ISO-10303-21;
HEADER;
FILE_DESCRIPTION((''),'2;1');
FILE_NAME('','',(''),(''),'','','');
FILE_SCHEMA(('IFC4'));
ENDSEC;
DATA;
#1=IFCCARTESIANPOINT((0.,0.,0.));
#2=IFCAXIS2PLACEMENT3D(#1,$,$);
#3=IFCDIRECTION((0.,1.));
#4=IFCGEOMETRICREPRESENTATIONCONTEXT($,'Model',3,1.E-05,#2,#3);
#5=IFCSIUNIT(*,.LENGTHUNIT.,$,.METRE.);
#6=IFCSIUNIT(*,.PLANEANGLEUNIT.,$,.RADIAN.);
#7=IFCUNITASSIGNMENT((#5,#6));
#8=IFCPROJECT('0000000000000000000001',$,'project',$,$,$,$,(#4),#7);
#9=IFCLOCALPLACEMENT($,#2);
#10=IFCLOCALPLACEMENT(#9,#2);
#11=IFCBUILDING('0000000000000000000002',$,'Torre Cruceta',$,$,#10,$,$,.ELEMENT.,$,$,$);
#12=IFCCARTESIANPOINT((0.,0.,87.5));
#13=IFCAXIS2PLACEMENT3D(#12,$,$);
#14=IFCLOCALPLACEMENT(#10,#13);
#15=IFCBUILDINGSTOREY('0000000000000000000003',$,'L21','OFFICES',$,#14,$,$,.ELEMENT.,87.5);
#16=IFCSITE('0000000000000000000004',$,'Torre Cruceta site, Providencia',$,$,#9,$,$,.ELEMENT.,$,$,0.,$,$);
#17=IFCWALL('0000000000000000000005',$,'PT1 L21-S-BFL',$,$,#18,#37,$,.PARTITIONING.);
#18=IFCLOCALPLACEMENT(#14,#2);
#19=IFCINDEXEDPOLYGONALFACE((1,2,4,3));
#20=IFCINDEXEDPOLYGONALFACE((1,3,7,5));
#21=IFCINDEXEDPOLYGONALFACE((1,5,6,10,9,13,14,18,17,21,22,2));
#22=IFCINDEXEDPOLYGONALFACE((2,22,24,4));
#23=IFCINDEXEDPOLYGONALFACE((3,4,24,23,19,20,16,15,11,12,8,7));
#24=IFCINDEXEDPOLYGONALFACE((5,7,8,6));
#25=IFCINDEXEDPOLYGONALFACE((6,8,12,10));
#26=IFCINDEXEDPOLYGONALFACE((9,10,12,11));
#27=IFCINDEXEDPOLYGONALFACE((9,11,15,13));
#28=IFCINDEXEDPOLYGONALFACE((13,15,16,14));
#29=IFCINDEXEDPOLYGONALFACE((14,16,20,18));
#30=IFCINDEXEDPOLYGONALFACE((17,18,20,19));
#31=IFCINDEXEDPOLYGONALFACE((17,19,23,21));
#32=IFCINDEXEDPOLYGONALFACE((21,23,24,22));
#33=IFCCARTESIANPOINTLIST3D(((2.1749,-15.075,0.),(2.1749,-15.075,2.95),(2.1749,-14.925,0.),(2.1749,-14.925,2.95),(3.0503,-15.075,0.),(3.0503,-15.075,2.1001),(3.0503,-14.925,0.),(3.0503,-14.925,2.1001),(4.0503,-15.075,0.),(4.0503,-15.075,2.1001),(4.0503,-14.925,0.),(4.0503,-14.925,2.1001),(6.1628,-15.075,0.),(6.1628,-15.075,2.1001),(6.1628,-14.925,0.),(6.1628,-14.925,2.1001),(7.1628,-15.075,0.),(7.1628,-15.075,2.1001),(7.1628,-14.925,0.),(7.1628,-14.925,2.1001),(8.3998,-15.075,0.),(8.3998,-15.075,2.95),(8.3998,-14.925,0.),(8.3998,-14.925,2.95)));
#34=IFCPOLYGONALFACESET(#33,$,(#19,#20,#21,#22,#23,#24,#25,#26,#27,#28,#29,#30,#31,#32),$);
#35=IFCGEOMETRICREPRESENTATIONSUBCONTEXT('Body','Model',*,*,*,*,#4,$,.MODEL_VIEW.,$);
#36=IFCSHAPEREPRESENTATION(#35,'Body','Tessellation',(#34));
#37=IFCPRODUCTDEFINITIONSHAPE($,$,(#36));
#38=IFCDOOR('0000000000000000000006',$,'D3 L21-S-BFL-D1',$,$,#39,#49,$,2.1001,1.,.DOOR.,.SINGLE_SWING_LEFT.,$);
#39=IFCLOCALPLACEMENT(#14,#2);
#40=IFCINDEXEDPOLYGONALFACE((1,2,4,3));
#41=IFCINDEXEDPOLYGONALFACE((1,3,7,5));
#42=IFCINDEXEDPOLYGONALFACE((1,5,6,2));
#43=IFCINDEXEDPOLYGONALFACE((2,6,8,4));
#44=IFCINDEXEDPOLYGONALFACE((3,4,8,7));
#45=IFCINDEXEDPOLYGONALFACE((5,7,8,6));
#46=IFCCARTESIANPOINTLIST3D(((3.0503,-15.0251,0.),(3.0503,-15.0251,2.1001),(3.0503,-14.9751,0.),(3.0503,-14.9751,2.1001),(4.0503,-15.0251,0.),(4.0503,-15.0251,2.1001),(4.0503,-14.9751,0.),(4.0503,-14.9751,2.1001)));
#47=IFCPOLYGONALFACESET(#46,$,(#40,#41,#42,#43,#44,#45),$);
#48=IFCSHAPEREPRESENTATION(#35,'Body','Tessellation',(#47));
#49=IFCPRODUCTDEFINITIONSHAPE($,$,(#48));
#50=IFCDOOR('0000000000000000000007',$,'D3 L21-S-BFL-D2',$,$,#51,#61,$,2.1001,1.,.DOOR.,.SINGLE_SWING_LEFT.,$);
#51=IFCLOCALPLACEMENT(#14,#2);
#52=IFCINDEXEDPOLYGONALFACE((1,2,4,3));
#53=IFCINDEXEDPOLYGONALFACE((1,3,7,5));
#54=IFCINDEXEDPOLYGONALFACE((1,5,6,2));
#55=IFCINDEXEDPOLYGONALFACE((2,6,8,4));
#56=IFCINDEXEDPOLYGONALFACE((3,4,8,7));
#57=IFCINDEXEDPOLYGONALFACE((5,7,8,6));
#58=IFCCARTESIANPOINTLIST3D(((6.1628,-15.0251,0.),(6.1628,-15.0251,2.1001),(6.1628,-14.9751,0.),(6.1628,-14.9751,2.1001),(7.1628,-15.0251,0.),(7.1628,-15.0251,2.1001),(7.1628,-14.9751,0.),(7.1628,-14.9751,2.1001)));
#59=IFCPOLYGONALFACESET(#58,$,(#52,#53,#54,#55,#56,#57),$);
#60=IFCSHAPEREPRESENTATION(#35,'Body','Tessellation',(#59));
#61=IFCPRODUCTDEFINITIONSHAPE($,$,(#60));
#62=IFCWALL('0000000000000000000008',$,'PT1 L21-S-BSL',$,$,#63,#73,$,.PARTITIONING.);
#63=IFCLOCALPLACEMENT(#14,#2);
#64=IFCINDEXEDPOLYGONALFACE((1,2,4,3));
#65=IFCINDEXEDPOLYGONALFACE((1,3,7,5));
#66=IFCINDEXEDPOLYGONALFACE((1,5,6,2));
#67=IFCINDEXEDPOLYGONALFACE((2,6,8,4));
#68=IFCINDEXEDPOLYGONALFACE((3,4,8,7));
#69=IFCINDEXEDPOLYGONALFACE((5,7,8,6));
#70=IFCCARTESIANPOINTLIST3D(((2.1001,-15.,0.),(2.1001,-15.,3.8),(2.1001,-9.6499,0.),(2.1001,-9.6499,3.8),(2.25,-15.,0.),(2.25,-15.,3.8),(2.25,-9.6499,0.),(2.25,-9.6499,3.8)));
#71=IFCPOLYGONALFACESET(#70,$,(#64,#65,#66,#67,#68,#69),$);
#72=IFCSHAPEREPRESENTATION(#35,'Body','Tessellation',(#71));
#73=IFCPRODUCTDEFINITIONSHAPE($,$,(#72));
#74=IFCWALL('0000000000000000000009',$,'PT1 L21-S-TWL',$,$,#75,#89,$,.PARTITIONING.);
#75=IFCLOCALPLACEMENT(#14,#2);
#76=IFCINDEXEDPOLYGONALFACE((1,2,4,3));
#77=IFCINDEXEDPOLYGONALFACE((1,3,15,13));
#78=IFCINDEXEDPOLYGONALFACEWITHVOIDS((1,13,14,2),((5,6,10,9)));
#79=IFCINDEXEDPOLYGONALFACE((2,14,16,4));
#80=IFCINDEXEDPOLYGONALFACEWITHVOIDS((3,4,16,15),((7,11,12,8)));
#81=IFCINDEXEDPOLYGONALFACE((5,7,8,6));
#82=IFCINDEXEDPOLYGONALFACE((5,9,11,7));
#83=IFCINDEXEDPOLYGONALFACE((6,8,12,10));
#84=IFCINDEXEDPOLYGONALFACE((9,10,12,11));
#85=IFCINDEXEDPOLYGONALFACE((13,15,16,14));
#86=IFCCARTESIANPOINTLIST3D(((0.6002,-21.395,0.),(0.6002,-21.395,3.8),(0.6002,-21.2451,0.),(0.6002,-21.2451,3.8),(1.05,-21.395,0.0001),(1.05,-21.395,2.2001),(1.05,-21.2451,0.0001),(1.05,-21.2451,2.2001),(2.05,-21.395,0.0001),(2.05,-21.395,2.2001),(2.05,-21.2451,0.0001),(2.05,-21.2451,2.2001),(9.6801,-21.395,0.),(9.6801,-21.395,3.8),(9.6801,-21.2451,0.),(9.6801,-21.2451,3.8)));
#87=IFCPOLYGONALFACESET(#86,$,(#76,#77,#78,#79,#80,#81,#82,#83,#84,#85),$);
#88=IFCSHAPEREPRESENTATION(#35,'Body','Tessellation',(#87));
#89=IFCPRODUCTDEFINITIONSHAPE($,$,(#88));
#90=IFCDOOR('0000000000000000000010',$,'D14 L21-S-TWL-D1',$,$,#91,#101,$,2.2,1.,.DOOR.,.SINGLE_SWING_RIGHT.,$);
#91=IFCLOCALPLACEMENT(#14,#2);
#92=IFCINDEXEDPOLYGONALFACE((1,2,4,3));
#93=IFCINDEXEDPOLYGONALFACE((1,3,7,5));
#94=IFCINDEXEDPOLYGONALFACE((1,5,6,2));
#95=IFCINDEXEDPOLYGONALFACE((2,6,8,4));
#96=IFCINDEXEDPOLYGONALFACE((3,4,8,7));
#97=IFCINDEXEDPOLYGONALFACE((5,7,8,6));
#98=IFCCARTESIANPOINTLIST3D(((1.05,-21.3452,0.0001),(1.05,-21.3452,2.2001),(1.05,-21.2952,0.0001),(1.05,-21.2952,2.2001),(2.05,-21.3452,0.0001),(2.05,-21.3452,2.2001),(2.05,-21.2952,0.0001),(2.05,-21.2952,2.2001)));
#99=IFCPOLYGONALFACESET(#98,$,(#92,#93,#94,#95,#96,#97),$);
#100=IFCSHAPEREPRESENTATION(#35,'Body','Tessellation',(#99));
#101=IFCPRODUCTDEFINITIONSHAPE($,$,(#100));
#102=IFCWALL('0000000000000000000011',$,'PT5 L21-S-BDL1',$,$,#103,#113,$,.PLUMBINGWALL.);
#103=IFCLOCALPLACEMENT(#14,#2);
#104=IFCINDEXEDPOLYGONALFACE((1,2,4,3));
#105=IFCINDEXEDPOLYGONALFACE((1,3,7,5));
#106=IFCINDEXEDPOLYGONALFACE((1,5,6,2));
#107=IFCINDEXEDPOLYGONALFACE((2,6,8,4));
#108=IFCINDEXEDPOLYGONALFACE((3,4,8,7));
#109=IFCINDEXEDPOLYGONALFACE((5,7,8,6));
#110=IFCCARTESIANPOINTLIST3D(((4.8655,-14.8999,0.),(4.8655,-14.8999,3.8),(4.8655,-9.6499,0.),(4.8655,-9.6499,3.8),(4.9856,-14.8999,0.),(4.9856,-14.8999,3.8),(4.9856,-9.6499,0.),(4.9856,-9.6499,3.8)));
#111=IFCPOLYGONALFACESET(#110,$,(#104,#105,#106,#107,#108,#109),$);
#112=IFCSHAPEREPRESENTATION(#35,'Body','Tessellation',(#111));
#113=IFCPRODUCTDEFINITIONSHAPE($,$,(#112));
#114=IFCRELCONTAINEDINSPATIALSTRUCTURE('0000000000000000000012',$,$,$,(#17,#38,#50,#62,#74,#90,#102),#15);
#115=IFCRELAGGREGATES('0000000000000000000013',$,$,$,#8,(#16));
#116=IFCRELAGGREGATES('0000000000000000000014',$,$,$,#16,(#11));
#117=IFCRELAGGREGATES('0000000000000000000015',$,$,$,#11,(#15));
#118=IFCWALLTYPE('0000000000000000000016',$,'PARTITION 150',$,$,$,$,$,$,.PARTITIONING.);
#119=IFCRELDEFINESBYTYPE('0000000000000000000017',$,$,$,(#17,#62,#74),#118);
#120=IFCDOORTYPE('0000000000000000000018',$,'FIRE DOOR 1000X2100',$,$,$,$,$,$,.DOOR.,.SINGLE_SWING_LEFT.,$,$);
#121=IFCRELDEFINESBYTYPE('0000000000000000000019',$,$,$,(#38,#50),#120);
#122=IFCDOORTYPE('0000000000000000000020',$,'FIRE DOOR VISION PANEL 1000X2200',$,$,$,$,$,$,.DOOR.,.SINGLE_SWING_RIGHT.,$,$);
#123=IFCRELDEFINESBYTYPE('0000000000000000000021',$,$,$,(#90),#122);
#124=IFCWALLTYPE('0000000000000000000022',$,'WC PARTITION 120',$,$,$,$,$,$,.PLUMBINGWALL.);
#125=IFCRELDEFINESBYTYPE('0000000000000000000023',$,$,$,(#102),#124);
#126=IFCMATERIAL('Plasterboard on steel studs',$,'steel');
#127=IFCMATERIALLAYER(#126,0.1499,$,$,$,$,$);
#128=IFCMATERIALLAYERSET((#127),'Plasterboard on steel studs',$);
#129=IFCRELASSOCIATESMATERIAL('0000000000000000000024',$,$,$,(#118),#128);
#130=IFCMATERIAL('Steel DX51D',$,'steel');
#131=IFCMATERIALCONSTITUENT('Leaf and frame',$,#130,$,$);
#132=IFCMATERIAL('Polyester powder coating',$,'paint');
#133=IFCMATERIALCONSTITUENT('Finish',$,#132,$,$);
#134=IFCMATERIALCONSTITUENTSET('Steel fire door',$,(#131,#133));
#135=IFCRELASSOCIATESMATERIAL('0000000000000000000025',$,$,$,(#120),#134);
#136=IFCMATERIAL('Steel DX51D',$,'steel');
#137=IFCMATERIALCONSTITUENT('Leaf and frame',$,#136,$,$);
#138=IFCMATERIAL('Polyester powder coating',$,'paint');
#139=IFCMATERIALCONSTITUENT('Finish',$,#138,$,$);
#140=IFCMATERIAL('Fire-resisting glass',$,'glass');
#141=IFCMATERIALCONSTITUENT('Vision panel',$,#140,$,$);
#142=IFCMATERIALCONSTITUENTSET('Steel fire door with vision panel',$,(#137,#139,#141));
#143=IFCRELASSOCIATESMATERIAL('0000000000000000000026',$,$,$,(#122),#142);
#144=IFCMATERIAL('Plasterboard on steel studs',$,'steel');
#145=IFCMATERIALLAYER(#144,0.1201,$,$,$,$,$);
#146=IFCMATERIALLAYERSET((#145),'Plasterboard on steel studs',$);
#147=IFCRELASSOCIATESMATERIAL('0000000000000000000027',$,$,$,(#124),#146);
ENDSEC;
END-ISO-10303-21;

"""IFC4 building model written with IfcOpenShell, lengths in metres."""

from ifc_helpers import new_model, si_unit, direction, frame, frame_2d, origin, place, context, subcontext, project, spatial, rectangle, extrude, material, layer, layer_set, constituent, constituent_set, type_object, element, fill, save


model = new_model("IFC4")

# Units and contexts
model_context = context("Model", 3, precision=1e-05, world=origin(), true_north=direction((0.0, 1.0)))
body_context = subcontext(model_context, "Body", "Model", "MODEL_VIEW")
ifc_project = project(units=[si_unit("LENGTHUNIT", "METRE"), si_unit("PLANEANGLEUNIT", "RADIAN")], contexts=[model_context])

# Site, building, storey
site_placement = place(None, origin())
site = spatial("IfcSite", under=ifc_project, at=site_placement, Name="Torre Cruceta site, Providencia", CompositionType="ELEMENT", RefElevation=0.0)
building_placement = place(site_placement, origin())
building = spatial("IfcBuilding", under=site, at=building_placement, Name="Torre Cruceta", CompositionType="ELEMENT")
storey_placement = place(building_placement, frame((0.0, 0.0, 87.5)))
storey = spatial("IfcBuildingStorey", under=building, at=storey_placement, Name="L21", Description="OFFICES", CompositionType="ELEMENT", Elevation=87.5)

# Wall, openings, doors
ifc_material_1 = material(Name="Plasterboard on steel studs", Category="steel")
ifc_layer_1 = layer(ifc_material_1, 0.1499)
ifc_layer_set_1 = layer_set([ifc_layer_1], Name="Plasterboard on steel studs")
wall_type_1 = type_object("IfcWallType", Name="PARTITION 150", PredefinedType="PARTITIONING", material=ifc_layer_set_1)
wall_1_placement = place(storey_placement, frame((2.175, -15.0, 0.0), z_axis=(0.0, 0.0, 1.0), x_axis=(1.0, 0.0, 0.0)))
wall_1 = element("IfcWall", 1, at=wall_1_placement, inside=storey, type_object=wall_type_1, Name="PT1 L21-S-BFL", PredefinedType="PARTITIONING", context=body_context, shape_type="SweptSolid", body=[
    extrude(rectangle(XDim=6.2249, YDim=0.1499, at=frame_2d((3.1123, 0.0))), origin(), (0.0, 0.0, 1.0), 2.95),
])
opening_1_placement = place(wall_1_placement, frame((0.8752, 0.0, 0.0)))
opening_1 = element("IfcOpeningElement", 2, at=opening_1_placement, cuts=wall_1, PredefinedType="OPENING", context=body_context, shape_type="SweptSolid", body=[
    extrude(rectangle(XDim=1.0, YDim=2.1001, at=frame_2d((0.5, 1.05))), frame((0.0, 0.085, 0.0), z_axis=(0.0, -1.0, 0.0), x_axis=(1.0, 0.0, 0.0)), (0.0, 0.0, 1.0), 0.1699),
])
opening_2_placement = place(wall_1_placement, frame((3.9878, 0.0, 0.0)))
opening_2 = element("IfcOpeningElement", 3, at=opening_2_placement, cuts=wall_1, PredefinedType="OPENING", context=body_context, shape_type="SweptSolid", body=[
    extrude(rectangle(XDim=1.0, YDim=2.1001, at=frame_2d((0.5, 1.05))), frame((0.0, 0.085, 0.0), z_axis=(0.0, -1.0, 0.0), x_axis=(1.0, 0.0, 0.0)), (0.0, 0.0, 1.0), 0.1699),
])
ifc_material_2 = material(Name="Steel DX51D", Category="steel")
ifc_constituent_1 = constituent(ifc_material_2, Name="Leaf and frame")
ifc_material_3 = material(Name="Polyester powder coating", Category="paint")
ifc_constituent_2 = constituent(ifc_material_3, Name="Finish")
ifc_constituent_set_1 = constituent_set(constituents=[ifc_constituent_1, ifc_constituent_2], Name="Steel fire door")
door_type_1 = type_object("IfcDoorType", Name="FIRE DOOR 1000X2100", OperationType="SINGLE_SWING_LEFT", PredefinedType="DOOR", material=ifc_constituent_set_1)
door_1_placement = place(opening_1_placement, origin())
door_1 = element("IfcDoor", 4, at=door_1_placement, inside=storey, type_object=door_type_1, Name="D3 L21-S-BFL-D1", OperationType="SINGLE_SWING_LEFT", OverallHeight=2.1001, OverallWidth=1.0, PredefinedType="DOOR", context=body_context, shape_type="SweptSolid", body=[
    extrude(rectangle(XDim=1.0, YDim=2.1001, at=frame_2d((0.5, 1.05))), frame((0.0, 0.0249, 0.0), z_axis=(0.0, -1.0, 0.0), x_axis=(1.0, 0.0, 0.0)), (0.0, 0.0, 1.0), 0.05),
])
fill(opening_1, door_1)
door_2_placement = place(opening_2_placement, origin())
door_2 = element("IfcDoor", 5, at=door_2_placement, inside=storey, type_object=door_type_1, Name="D3 L21-S-BFL-D2", OperationType="SINGLE_SWING_LEFT", OverallHeight=2.1001, OverallWidth=1.0, PredefinedType="DOOR", context=body_context, shape_type="SweptSolid", body=[
    extrude(rectangle(XDim=1.0, YDim=2.1001, at=frame_2d((0.5, 1.05))), frame((0.0, 0.0249, 0.0), z_axis=(0.0, -1.0, 0.0), x_axis=(1.0, 0.0, 0.0)), (0.0, 0.0, 1.0), 0.05),
])
fill(opening_2, door_2)

# Wall
wall_2_placement = place(storey_placement, frame((2.175, -9.6499, 0.0), z_axis=(0.0, 0.0, 1.0), x_axis=(0.0, -1.0, 0.0)))
element("IfcWall", 6, at=wall_2_placement, inside=storey, type_object=wall_type_1, Name="PT1 L21-S-BSL", PredefinedType="PARTITIONING", context=body_context, shape_type="SweptSolid", body=[
    extrude(rectangle(XDim=5.3501, YDim=0.1499, at=frame_2d((2.675, 0.0))), origin(), (0.0, 0.0, 1.0), 3.8),
])

# Wall, opening, door
wall_3_placement = place(storey_placement, frame((0.6001, -21.3201, 0.0), z_axis=(0.0, 0.0, 1.0), x_axis=(1.0, 0.0, 0.0)))
wall_3 = element("IfcWall", 7, at=wall_3_placement, inside=storey, type_object=wall_type_1, Name="PT1 L21-S-TWL", PredefinedType="PARTITIONING", context=body_context, shape_type="SweptSolid", body=[
    extrude(rectangle(XDim=9.0798, YDim=0.1499, at=frame_2d((4.54, 0.0))), origin(), (0.0, 0.0, 1.0), 3.8),
])
opening_3_placement = place(wall_3_placement, frame((0.45, 0.0, 0.0)))
opening_3 = element("IfcOpeningElement", 8, at=opening_3_placement, cuts=wall_3, PredefinedType="OPENING", context=body_context, shape_type="SweptSolid", body=[
    extrude(rectangle(XDim=1.0, YDim=2.2, at=frame_2d((0.5, 1.1001))), frame((0.0, 0.085, 0.0), z_axis=(0.0, -1.0, 0.0), x_axis=(1.0, 0.0, 0.0)), (0.0, 0.0, 1.0), 0.1699),
])
ifc_material_4 = material(Name="Steel DX51D", Category="steel")
ifc_constituent_3 = constituent(ifc_material_4, Name="Leaf and frame")
ifc_material_5 = material(Name="Polyester powder coating", Category="paint")
ifc_constituent_4 = constituent(ifc_material_5, Name="Finish")
ifc_material_6 = material(Name="Fire-resisting glass", Category="glass")
ifc_constituent_5 = constituent(ifc_material_6, Name="Vision panel")
ifc_constituent_set_2 = constituent_set(constituents=[ifc_constituent_3, ifc_constituent_4, ifc_constituent_5], Name="Steel fire door with vision panel")
door_type_2 = type_object("IfcDoorType", Name="FIRE DOOR VISION PANEL 1000X2200", OperationType="SINGLE_SWING_RIGHT", PredefinedType="DOOR", material=ifc_constituent_set_2)
door_3_placement = place(opening_3_placement, frame((1.0, 0.0, 0.0), z_axis=(0.0, 0.0, 1.0), x_axis=(-1.0, 0.0, 0.0)))
door_3 = element("IfcDoor", 9, at=door_3_placement, inside=storey, type_object=door_type_2, Name="D14 L21-S-TWL-D1", OperationType="SINGLE_SWING_RIGHT", OverallHeight=2.2, OverallWidth=1.0, PredefinedType="DOOR", context=body_context, shape_type="SweptSolid", body=[
    extrude(rectangle(XDim=1.0, YDim=2.2, at=frame_2d((0.5, 1.1001))), frame((0.0, 0.0251, 0.0), z_axis=(0.0, -1.0, 0.0), x_axis=(1.0, 0.0, 0.0)), (0.0, 0.0, 1.0), 0.05),
])
fill(opening_3, door_3)

# Wall
ifc_material_7 = material(Name="Plasterboard on steel studs", Category="steel")
ifc_layer_2 = layer(ifc_material_7, 0.1201)
ifc_layer_set_2 = layer_set([ifc_layer_2], Name="Plasterboard on steel studs")
wall_type_2 = type_object("IfcWallType", Name="WC PARTITION 120", PredefinedType="PLUMBINGWALL", material=ifc_layer_set_2)
wall_4_placement = place(storey_placement, frame((4.9255, -9.6499, 0.0), z_axis=(0.0, 0.0, 1.0), x_axis=(0.0, -1.0, 0.0)))
element("IfcWall", 10, at=wall_4_placement, inside=storey, type_object=wall_type_2, Name="PT5 L21-S-BDL1", PredefinedType="PLUMBINGWALL", context=body_context, shape_type="SweptSolid", body=[
    extrude(rectangle(XDim=5.25, YDim=0.1201, at=frame_2d((2.625, 0.0))), origin(), (0.0, 0.0, 1.0), 3.8),
])

save(model, "model.ifc")
